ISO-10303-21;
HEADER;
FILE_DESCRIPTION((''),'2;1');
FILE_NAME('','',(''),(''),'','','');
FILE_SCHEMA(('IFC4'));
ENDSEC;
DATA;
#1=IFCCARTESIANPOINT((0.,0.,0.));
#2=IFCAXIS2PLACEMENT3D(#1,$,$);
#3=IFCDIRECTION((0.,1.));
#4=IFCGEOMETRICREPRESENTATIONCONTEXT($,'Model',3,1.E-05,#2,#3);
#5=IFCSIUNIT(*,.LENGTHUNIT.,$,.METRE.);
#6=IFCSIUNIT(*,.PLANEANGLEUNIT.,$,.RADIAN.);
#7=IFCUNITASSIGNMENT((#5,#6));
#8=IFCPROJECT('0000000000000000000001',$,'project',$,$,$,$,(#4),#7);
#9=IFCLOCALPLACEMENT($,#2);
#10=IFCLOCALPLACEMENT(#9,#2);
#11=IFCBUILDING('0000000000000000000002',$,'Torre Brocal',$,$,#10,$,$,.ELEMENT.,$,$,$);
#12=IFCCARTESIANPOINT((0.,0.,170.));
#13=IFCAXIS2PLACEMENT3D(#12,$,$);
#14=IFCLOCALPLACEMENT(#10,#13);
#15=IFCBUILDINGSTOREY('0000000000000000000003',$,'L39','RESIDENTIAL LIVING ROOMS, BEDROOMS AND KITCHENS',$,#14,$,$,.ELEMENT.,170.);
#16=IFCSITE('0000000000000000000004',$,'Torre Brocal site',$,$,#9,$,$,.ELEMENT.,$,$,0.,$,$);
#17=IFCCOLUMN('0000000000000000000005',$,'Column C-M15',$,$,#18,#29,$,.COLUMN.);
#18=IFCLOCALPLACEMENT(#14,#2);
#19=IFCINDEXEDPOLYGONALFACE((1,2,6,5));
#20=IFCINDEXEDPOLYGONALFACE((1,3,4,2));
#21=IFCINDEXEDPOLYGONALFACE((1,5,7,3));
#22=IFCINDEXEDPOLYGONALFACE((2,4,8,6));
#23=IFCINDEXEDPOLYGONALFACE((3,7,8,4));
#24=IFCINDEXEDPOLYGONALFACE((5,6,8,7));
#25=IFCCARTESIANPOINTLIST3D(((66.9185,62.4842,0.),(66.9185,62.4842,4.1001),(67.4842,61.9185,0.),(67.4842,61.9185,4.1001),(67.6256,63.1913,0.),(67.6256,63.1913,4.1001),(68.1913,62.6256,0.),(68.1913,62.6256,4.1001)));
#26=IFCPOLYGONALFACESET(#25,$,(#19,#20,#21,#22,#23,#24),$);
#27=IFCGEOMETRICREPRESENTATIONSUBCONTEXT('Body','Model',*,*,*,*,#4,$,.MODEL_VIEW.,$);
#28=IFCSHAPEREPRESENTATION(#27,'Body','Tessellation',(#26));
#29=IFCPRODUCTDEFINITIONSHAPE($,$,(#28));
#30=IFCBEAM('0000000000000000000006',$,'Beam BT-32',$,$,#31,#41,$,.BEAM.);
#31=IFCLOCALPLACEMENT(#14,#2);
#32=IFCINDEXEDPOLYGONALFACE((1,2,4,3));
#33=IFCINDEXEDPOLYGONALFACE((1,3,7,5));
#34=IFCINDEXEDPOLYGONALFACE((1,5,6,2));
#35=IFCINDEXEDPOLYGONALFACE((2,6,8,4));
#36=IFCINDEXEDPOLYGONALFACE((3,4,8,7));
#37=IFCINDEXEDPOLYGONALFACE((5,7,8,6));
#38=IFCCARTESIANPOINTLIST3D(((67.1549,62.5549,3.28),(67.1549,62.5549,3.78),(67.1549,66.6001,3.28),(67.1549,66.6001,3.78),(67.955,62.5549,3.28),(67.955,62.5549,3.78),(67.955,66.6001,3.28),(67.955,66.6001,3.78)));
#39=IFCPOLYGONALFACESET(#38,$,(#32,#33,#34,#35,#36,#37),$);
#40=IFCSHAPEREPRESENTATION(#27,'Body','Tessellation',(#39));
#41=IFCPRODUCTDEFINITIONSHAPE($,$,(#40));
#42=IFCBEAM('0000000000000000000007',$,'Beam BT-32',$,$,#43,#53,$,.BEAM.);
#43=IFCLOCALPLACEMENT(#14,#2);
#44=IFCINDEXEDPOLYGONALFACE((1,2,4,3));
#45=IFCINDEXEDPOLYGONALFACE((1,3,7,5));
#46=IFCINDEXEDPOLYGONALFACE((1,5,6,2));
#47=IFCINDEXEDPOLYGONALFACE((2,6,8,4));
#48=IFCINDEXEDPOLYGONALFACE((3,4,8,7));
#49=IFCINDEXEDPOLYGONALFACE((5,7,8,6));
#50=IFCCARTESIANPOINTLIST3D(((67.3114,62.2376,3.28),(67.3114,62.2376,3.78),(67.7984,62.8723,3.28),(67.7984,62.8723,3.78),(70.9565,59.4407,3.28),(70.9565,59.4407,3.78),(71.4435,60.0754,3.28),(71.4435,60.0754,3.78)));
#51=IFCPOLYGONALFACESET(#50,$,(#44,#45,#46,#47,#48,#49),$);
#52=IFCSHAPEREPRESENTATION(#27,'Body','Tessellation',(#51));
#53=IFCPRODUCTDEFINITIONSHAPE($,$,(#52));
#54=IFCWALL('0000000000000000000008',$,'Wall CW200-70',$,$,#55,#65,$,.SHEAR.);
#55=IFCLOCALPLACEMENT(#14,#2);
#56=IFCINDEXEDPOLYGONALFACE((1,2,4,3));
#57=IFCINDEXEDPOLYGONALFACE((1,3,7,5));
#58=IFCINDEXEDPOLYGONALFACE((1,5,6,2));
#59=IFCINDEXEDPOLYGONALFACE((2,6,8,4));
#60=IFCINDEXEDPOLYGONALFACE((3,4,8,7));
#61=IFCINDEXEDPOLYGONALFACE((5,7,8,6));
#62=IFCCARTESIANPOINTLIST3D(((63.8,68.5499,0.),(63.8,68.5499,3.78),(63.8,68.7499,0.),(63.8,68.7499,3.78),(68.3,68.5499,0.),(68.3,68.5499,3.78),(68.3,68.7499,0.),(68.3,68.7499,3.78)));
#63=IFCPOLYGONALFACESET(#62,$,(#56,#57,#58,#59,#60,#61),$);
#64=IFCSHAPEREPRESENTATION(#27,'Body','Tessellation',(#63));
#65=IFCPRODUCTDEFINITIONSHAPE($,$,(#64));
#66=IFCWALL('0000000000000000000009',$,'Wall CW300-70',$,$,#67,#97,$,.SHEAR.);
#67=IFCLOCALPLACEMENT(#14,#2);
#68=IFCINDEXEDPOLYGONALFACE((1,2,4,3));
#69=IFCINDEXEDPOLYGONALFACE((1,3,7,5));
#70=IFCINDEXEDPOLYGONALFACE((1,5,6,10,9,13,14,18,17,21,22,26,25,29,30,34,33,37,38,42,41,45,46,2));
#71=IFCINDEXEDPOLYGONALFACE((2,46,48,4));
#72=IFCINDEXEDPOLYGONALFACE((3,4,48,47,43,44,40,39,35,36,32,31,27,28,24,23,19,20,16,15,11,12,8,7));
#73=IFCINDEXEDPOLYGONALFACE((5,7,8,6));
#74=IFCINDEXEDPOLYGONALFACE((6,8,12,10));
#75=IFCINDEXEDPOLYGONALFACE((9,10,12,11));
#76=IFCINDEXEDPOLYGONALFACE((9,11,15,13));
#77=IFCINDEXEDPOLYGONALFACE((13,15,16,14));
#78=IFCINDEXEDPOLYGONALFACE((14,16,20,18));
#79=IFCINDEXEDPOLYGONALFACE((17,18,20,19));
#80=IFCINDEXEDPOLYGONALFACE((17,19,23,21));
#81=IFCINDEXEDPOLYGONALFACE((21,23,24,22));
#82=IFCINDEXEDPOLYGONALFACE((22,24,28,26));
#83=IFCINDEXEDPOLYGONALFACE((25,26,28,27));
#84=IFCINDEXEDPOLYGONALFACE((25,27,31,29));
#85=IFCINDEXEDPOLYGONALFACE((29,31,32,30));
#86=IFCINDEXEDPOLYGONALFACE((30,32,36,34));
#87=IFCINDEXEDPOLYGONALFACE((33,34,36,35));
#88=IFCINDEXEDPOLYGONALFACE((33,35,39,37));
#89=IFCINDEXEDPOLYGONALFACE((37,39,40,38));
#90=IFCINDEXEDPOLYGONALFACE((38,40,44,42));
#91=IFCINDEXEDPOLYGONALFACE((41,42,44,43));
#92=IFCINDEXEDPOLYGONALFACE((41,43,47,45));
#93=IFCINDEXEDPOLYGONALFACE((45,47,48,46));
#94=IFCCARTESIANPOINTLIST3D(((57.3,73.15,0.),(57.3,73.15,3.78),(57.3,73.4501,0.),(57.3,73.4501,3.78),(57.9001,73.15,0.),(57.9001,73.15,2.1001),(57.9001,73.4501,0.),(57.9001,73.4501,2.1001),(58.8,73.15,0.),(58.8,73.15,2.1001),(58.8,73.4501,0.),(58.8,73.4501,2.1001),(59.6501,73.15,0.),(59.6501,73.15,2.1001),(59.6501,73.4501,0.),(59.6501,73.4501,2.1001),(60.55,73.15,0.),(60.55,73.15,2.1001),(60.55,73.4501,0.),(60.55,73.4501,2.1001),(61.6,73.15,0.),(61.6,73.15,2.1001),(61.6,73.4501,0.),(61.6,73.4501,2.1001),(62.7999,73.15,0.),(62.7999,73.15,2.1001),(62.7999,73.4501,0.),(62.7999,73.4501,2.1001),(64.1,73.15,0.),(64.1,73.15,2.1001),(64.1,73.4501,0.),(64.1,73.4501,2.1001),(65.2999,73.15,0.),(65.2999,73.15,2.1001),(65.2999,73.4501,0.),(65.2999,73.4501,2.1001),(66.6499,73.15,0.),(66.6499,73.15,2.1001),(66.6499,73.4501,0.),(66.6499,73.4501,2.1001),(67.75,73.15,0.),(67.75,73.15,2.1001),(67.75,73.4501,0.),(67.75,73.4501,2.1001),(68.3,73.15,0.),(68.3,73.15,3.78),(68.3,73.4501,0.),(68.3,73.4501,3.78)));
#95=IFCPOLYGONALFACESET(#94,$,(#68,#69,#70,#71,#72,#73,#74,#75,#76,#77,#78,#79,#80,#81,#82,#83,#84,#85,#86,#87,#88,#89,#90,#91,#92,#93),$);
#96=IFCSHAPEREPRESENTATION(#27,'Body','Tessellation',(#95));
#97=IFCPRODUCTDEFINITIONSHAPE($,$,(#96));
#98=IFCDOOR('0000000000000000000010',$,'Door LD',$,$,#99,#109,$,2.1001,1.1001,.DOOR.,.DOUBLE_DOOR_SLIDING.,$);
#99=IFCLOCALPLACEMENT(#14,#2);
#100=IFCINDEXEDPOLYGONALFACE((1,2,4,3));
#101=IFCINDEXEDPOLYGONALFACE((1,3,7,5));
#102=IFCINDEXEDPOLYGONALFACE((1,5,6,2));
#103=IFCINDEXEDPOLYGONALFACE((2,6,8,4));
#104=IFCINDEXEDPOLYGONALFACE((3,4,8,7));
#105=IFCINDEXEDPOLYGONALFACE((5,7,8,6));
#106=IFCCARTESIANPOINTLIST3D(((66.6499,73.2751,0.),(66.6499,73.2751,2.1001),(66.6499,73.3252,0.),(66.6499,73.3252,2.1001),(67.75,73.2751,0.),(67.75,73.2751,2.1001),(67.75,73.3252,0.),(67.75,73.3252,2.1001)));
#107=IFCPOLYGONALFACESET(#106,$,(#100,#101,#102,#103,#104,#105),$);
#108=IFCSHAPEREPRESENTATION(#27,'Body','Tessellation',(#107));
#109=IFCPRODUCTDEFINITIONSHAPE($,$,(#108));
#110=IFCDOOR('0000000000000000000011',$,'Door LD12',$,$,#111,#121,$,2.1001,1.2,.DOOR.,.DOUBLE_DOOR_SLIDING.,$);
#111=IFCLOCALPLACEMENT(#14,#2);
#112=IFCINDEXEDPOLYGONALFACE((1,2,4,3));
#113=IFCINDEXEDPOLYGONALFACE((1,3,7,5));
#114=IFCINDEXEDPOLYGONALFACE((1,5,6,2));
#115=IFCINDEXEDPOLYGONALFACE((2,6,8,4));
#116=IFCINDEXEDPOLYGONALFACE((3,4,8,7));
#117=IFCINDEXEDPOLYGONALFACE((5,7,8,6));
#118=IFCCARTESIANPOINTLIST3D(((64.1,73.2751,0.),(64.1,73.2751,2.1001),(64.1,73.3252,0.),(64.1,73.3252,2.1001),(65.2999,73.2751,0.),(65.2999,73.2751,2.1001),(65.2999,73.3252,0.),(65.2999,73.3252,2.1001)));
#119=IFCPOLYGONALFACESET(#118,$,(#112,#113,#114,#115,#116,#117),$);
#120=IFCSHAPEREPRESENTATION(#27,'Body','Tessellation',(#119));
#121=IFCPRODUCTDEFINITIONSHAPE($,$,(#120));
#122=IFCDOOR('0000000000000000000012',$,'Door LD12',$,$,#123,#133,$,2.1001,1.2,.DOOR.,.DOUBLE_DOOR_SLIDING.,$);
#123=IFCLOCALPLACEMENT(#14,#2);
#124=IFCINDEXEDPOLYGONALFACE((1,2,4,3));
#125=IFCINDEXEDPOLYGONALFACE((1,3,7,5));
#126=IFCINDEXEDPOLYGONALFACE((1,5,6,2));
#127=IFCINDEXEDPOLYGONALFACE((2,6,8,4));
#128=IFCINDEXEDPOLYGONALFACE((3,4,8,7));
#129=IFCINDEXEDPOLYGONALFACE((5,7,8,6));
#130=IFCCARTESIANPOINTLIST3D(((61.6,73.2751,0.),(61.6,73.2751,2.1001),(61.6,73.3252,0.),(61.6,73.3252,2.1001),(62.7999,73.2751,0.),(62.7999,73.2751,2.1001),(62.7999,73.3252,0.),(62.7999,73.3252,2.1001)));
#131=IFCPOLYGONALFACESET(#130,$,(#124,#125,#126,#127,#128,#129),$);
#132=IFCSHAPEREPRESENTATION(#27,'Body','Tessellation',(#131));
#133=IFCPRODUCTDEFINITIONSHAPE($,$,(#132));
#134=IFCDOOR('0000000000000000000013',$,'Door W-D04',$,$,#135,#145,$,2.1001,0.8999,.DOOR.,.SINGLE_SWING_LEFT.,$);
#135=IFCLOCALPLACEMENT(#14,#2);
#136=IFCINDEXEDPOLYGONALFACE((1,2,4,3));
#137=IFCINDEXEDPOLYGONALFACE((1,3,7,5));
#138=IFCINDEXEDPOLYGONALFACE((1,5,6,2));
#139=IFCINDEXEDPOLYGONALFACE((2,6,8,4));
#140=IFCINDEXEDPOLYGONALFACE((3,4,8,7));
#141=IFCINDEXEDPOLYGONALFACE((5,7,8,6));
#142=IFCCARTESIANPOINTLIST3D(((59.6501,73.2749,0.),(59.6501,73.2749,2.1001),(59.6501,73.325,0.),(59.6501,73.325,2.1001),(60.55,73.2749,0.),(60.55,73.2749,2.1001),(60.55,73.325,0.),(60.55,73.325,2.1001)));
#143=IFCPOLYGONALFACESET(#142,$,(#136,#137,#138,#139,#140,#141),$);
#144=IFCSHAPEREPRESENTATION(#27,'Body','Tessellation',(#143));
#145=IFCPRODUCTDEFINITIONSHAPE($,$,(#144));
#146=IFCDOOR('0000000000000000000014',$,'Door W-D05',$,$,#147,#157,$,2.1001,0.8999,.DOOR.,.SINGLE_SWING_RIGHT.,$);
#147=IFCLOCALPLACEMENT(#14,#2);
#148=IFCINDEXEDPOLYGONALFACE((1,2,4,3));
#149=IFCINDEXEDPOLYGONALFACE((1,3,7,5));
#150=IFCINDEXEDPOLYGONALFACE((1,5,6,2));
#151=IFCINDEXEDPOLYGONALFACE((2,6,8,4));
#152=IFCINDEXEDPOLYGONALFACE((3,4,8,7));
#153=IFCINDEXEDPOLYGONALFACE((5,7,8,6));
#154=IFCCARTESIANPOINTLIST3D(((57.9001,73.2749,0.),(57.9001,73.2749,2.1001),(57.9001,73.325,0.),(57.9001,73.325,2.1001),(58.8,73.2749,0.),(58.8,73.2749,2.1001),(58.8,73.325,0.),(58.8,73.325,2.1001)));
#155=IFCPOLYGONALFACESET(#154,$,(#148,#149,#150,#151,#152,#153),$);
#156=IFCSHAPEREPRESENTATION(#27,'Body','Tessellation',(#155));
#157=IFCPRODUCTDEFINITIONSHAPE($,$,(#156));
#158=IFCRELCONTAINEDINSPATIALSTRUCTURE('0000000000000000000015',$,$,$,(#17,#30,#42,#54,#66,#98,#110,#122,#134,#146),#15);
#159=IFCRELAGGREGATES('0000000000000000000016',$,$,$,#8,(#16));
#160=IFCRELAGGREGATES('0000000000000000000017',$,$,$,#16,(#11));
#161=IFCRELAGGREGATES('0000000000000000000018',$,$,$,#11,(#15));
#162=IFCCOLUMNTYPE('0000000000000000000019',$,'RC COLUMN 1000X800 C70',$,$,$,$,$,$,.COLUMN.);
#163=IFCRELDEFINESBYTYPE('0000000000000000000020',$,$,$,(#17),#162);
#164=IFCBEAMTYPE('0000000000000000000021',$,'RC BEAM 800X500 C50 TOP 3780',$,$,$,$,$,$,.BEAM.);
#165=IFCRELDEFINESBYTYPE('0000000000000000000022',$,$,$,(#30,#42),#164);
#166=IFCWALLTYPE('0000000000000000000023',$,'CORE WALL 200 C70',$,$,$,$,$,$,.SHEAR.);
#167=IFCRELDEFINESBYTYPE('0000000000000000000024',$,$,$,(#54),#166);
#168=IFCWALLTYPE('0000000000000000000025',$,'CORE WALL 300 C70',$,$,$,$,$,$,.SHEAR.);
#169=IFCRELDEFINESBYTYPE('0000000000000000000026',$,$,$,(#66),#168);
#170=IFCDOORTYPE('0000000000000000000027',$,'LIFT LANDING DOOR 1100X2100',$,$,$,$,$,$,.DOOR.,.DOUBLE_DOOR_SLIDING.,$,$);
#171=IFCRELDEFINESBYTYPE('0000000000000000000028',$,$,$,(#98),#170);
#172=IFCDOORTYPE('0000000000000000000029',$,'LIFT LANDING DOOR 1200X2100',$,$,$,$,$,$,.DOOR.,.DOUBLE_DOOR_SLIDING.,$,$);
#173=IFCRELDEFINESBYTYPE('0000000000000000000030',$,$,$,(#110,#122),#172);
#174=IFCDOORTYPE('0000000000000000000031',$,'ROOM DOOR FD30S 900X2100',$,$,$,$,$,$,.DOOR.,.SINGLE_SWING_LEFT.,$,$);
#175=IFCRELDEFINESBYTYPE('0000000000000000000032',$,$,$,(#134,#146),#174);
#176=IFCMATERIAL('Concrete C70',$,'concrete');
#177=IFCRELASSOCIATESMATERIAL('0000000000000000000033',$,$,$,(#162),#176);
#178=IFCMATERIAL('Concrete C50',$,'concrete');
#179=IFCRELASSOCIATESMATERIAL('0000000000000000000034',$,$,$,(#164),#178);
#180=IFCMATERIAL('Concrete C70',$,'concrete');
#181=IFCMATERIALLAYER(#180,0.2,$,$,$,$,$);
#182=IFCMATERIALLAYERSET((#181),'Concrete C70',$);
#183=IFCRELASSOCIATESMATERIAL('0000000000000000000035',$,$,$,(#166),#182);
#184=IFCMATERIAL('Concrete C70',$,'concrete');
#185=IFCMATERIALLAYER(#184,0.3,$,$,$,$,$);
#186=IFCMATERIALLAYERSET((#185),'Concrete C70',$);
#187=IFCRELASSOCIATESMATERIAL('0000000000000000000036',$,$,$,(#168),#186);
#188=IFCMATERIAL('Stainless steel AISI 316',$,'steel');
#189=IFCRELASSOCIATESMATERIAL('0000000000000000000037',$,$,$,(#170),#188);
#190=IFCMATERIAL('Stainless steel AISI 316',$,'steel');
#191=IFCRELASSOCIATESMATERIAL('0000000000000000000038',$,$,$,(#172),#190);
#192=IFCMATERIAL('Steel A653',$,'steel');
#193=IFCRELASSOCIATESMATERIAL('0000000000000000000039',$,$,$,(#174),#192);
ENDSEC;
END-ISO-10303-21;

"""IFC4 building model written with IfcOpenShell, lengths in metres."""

from ifc_helpers import new_model, si_unit, direction, frame, frame_2d, origin, origin_2d, place, context, subcontext, project, spatial, rectangle, extrude, material, layer, layer_set, material_profile, profile_set, type_object, element, fill, save


model = new_model("IFC4")

# Units and contexts
model_context = context("Model", 3, precision=1e-05, world=origin(), true_north=direction((0.0, 1.0)))
body_context = subcontext(model_context, "Body", "Model", "MODEL_VIEW")
ifc_project = project(units=[si_unit("LENGTHUNIT", "METRE"), si_unit("PLANEANGLEUNIT", "RADIAN")], contexts=[model_context])

# Site, building, storey
site_placement = place(None, origin())
site = spatial("IfcSite", under=ifc_project, at=site_placement, Name="Torre Brocal site", CompositionType="ELEMENT", RefElevation=0.0)
building_placement = place(site_placement, origin())
building = spatial("IfcBuilding", under=site, at=building_placement, Name="Torre Brocal", CompositionType="ELEMENT")
storey_placement = place(building_placement, frame((0.0, 0.0, 170.0)))
storey = spatial("IfcBuildingStorey", under=building, at=storey_placement, Name="L39", Description="RESIDENTIAL LIVING ROOMS, BEDROOMS AND KITCHENS", CompositionType="ELEMENT", Elevation=170.0)

# Column
ifc_material_1 = material(Name="Concrete C70", Category="concrete")
ifc_material_profile_1 = material_profile(ifc_material_1, rectangle(XDim=1.0, YDim=0.8, at=origin_2d()), Name="RC 1000X800")
ifc_profile_set_1 = profile_set([ifc_material_profile_1], Name="Concrete C70")
column_type = type_object("IfcColumnType", Name="RC COLUMN 1000X800 C70", PredefinedType="COLUMN", material=ifc_profile_set_1)
column_placement = place(storey_placement, frame((67.5549, 62.5549, 0.0), z_axis=(0.0, 0.0, 1.0), x_axis=(-0.707107, -0.707107, 0.0)))
element("IfcColumn", 1, at=column_placement, inside=storey, type_object=column_type, Name="Column C-M15", PredefinedType="COLUMN", context=body_context, shape_type="SweptSolid", body=[
    extrude(rectangle(XDim=1.0, YDim=0.8, at=origin_2d()), origin(), (0.0, 0.0, 1.0), 4.1001),
])

# Beams
ifc_material_2 = material(Name="Concrete C50", Category="concrete")
ifc_material_profile_2 = material_profile(ifc_material_2, rectangle(XDim=0.8, YDim=0.5, at=origin_2d()), Name="RC 800X500")
ifc_profile_set_2 = profile_set([ifc_material_profile_2], Name="Concrete C50")
beam_type = type_object("IfcBeamType", Name="RC BEAM 800X500 C50 TOP 3780", PredefinedType="BEAM", material=ifc_profile_set_2)
beam_1_placement = place(storey_placement, frame((67.5549, 62.5549, 3.53), z_axis=(0.0, 1.0, 0.0), x_axis=(-1.0, 0.0, 0.0)))
element("IfcBeam", 2, at=beam_1_placement, inside=storey, type_object=beam_type, Name="Beam BT-32", PredefinedType="BEAM", context=body_context, shape_type="SweptSolid", body=[
    extrude(rectangle(XDim=0.8, YDim=0.5, at=origin_2d()), origin(), (0.0, 0.0, 1.0), 4.0452),
])
beam_2_placement = place(storey_placement, frame((67.5549, 62.5549, 3.53), z_axis=(0.793358, -0.608755, 0.0), x_axis=(0.608755, 0.793358, 0.0)))
element("IfcBeam", 3, at=beam_2_placement, inside=storey, type_object=beam_type, Name="Beam BT-32", PredefinedType="BEAM", context=body_context, shape_type="SweptSolid", body=[
    extrude(rectangle(XDim=0.8, YDim=0.5, at=origin_2d()), origin(), (0.0, 0.0, 1.0), 4.5945),
])

# Wall
ifc_material_3 = material(Name="Concrete C70", Category="concrete")
ifc_layer_1 = layer(ifc_material_3, 0.2)
ifc_layer_set_1 = layer_set([ifc_layer_1], Name="Concrete C70")
wall_type_1 = type_object("IfcWallType", Name="CORE WALL 200 C70", PredefinedType="SHEAR", material=ifc_layer_set_1)
wall_1_placement = place(storey_placement, frame((68.3, 68.6499, 0.0), z_axis=(0.0, 0.0, 1.0), x_axis=(-1.0, 0.0, 0.0)))
element("IfcWall", 4, at=wall_1_placement, inside=storey, type_object=wall_type_1, Name="Wall CW200-70", PredefinedType="SHEAR", context=body_context, shape_type="SweptSolid", body=[
    extrude(rectangle(XDim=4.5, YDim=0.2, at=frame_2d((2.25, 0.0))), origin(), (0.0, 0.0, 1.0), 3.78),
])

# Wall, openings, doors
ifc_material_4 = material(Name="Concrete C70", Category="concrete")
ifc_layer_2 = layer(ifc_material_4, 0.3)
ifc_layer_set_2 = layer_set([ifc_layer_2], Name="Concrete C70")
wall_type_2 = type_object("IfcWallType", Name="CORE WALL 300 C70", PredefinedType="SHEAR", material=ifc_layer_set_2)
wall_2_placement = place(storey_placement, frame((68.3, 73.3, 0.0), z_axis=(0.0, 0.0, 1.0), x_axis=(-1.0, 0.0, 0.0)))
wall_2 = element("IfcWall", 5, at=wall_2_placement, inside=storey, type_object=wall_type_2, Name="Wall CW300-70", PredefinedType="SHEAR", context=body_context, shape_type="SweptSolid", body=[
    extrude(rectangle(XDim=11.0, YDim=0.3, at=frame_2d((5.5, 0.0))), origin(), (0.0, 0.0, 1.0), 3.78),
])
opening_1_placement = place(wall_2_placement, frame((0.55, 0.0, 0.0)))
opening_1 = element("IfcOpeningElement", 6, at=opening_1_placement, cuts=wall_2, PredefinedType="OPENING", context=body_context, shape_type="SweptSolid", body=[
    extrude(rectangle(XDim=1.1001, YDim=2.1001, at=frame_2d((0.55, 1.05))), frame((0.0, 0.1599, 0.0), z_axis=(0.0, -1.0, 0.0), x_axis=(1.0, 0.0, 0.0)), (0.0, 0.0, 1.0), 0.3201),
])
opening_2_placement = place(wall_2_placement, frame((3.0, 0.0, 0.0)))
opening_2 = element("IfcOpeningElement", 7, at=opening_2_placement, cuts=wall_2, PredefinedType="OPENING", context=body_context, shape_type="SweptSolid", body=[
    extrude(rectangle(XDim=1.2, YDim=2.1001, at=frame_2d((0.6001, 1.05))), frame((0.0, 0.1599, 0.0), z_axis=(0.0, -1.0, 0.0), x_axis=(1.0, 0.0, 0.0)), (0.0, 0.0, 1.0), 0.3201),
])
opening_3_placement = place(wall_2_placement, frame((5.5, 0.0, 0.0)))
opening_3 = element("IfcOpeningElement", 8, at=opening_3_placement, cuts=wall_2, PredefinedType="OPENING", context=body_context, shape_type="SweptSolid", body=[
    extrude(rectangle(XDim=1.2, YDim=2.1001, at=frame_2d((0.6001, 1.05))), frame((0.0, 0.1599, 0.0), z_axis=(0.0, -1.0, 0.0), x_axis=(1.0, 0.0, 0.0)), (0.0, 0.0, 1.0), 0.3201),
])
opening_4_placement = place(wall_2_placement, frame((7.75, 0.0, 0.0)))
opening_4 = element("IfcOpeningElement", 9, at=opening_4_placement, cuts=wall_2, PredefinedType="OPENING", context=body_context, shape_type="SweptSolid", body=[
    extrude(rectangle(XDim=0.8999, YDim=2.1001, at=frame_2d((0.45, 1.05))), frame((0.0, 0.1599, 0.0), z_axis=(0.0, -1.0, 0.0), x_axis=(1.0, 0.0, 0.0)), (0.0, 0.0, 1.0), 0.3201),
])
opening_5_placement = place(wall_2_placement, frame((9.5, 0.0, 0.0)))
opening_5 = element("IfcOpeningElement", 10, at=opening_5_placement, cuts=wall_2, PredefinedType="OPENING", context=body_context, shape_type="SweptSolid", body=[
    extrude(rectangle(XDim=0.8999, YDim=2.1001, at=frame_2d((0.45, 1.05))), frame((0.0, 0.1599, 0.0), z_axis=(0.0, -1.0, 0.0), x_axis=(1.0, 0.0, 0.0)), (0.0, 0.0, 1.0), 0.3201),
])
ifc_material_5 = material(Name="Stainless steel AISI 316", Category="steel")
door_type_1 = type_object("IfcDoorType", Name="LIFT LANDING DOOR 1100X2100", OperationType="DOUBLE_DOOR_SLIDING", PredefinedType="DOOR", material=ifc_material_5)
door_1_placement = place(opening_1_placement, origin())
door_1 = element("IfcDoor", 11, at=door_1_placement, inside=storey, type_object=door_type_1, Name="Door LD", OperationType="DOUBLE_DOOR_SLIDING", OverallHeight=2.1001, OverallWidth=1.1001, PredefinedType="DOOR", context=body_context, shape_type="SweptSolid", body=[
    extrude(rectangle(XDim=1.1001, YDim=2.1001, at=frame_2d((0.55, 1.05))), frame((0.0, 0.0249, 0.0), z_axis=(0.0, -1.0, 0.0), x_axis=(1.0, 0.0, 0.0)), (0.0, 0.0, 1.0), 0.05),
])
fill(opening_1, door_1)
ifc_material_6 = material(Name="Stainless steel AISI 316", Category="steel")
door_type_2 = type_object("IfcDoorType", Name="LIFT LANDING DOOR 1200X2100", OperationType="DOUBLE_DOOR_SLIDING", PredefinedType="DOOR", material=ifc_material_6)
door_2_placement = place(opening_2_placement, origin())
door_2 = element("IfcDoor", 12, at=door_2_placement, inside=storey, type_object=door_type_2, Name="Door LD12", OperationType="DOUBLE_DOOR_SLIDING", OverallHeight=2.1001, OverallWidth=1.2, PredefinedType="DOOR", context=body_context, shape_type="SweptSolid", body=[
    extrude(rectangle(XDim=1.2, YDim=2.1001, at=frame_2d((0.6001, 1.05))), frame((0.0, 0.0249, 0.0), z_axis=(0.0, -1.0, 0.0), x_axis=(1.0, 0.0, 0.0)), (0.0, 0.0, 1.0), 0.05),
])
fill(opening_2, door_2)
door_3_placement = place(opening_3_placement, origin())
door_3 = element("IfcDoor", 13, at=door_3_placement, inside=storey, type_object=door_type_2, Name="Door LD12", OperationType="DOUBLE_DOOR_SLIDING", OverallHeight=2.1001, OverallWidth=1.2, PredefinedType="DOOR", context=body_context, shape_type="SweptSolid", body=[
    extrude(rectangle(XDim=1.2, YDim=2.1001, at=frame_2d((0.6001, 1.05))), frame((0.0, 0.0249, 0.0), z_axis=(0.0, -1.0, 0.0), x_axis=(1.0, 0.0, 0.0)), (0.0, 0.0, 1.0), 0.05),
])
fill(opening_3, door_3)
ifc_material_7 = material(Name="Steel A653", Category="steel")
door_type_3 = type_object("IfcDoorType", Name="ROOM DOOR FD30S 900X2100", OperationType="SINGLE_SWING_LEFT", PredefinedType="DOOR", material=ifc_material_7)
door_4_placement = place(opening_4_placement, frame((0.8999, 0.0, 0.0), z_axis=(0.0, 0.0, 1.0), x_axis=(-1.0, 0.0, 0.0)))
door_4 = element("IfcDoor", 14, at=door_4_placement, inside=storey, type_object=door_type_3, Name="Door W-D04", OperationType="SINGLE_SWING_LEFT", OverallHeight=2.1001, OverallWidth=0.8999, PredefinedType="DOOR", context=body_context, shape_type="SweptSolid", body=[
    extrude(rectangle(XDim=0.8999, YDim=2.1001, at=frame_2d((0.45, 1.05))), frame((0.0, 0.0249, 0.0), z_axis=(0.0, -1.0, 0.0), x_axis=(1.0, 0.0, 0.0)), (0.0, 0.0, 1.0), 0.05),
])
fill(opening_4, door_4)
door_5_placement = place(opening_5_placement, frame((0.8999, 0.0, 0.0), z_axis=(0.0, 0.0, 1.0), x_axis=(-1.0, 0.0, 0.0)))
door_5 = element("IfcDoor", 15, at=door_5_placement, inside=storey, type_object=door_type_3, Name="Door W-D05", OperationType="SINGLE_SWING_RIGHT", OverallHeight=2.1001, OverallWidth=0.8999, PredefinedType="DOOR", context=body_context, shape_type="SweptSolid", body=[
    extrude(rectangle(XDim=0.8999, YDim=2.1001, at=frame_2d((0.45, 1.05))), frame((0.0, 0.0249, 0.0), z_axis=(0.0, -1.0, 0.0), x_axis=(1.0, 0.0, 0.0)), (0.0, 0.0, 1.0), 0.05),
])
fill(opening_5, door_5)

save(model, "model.ifc")
